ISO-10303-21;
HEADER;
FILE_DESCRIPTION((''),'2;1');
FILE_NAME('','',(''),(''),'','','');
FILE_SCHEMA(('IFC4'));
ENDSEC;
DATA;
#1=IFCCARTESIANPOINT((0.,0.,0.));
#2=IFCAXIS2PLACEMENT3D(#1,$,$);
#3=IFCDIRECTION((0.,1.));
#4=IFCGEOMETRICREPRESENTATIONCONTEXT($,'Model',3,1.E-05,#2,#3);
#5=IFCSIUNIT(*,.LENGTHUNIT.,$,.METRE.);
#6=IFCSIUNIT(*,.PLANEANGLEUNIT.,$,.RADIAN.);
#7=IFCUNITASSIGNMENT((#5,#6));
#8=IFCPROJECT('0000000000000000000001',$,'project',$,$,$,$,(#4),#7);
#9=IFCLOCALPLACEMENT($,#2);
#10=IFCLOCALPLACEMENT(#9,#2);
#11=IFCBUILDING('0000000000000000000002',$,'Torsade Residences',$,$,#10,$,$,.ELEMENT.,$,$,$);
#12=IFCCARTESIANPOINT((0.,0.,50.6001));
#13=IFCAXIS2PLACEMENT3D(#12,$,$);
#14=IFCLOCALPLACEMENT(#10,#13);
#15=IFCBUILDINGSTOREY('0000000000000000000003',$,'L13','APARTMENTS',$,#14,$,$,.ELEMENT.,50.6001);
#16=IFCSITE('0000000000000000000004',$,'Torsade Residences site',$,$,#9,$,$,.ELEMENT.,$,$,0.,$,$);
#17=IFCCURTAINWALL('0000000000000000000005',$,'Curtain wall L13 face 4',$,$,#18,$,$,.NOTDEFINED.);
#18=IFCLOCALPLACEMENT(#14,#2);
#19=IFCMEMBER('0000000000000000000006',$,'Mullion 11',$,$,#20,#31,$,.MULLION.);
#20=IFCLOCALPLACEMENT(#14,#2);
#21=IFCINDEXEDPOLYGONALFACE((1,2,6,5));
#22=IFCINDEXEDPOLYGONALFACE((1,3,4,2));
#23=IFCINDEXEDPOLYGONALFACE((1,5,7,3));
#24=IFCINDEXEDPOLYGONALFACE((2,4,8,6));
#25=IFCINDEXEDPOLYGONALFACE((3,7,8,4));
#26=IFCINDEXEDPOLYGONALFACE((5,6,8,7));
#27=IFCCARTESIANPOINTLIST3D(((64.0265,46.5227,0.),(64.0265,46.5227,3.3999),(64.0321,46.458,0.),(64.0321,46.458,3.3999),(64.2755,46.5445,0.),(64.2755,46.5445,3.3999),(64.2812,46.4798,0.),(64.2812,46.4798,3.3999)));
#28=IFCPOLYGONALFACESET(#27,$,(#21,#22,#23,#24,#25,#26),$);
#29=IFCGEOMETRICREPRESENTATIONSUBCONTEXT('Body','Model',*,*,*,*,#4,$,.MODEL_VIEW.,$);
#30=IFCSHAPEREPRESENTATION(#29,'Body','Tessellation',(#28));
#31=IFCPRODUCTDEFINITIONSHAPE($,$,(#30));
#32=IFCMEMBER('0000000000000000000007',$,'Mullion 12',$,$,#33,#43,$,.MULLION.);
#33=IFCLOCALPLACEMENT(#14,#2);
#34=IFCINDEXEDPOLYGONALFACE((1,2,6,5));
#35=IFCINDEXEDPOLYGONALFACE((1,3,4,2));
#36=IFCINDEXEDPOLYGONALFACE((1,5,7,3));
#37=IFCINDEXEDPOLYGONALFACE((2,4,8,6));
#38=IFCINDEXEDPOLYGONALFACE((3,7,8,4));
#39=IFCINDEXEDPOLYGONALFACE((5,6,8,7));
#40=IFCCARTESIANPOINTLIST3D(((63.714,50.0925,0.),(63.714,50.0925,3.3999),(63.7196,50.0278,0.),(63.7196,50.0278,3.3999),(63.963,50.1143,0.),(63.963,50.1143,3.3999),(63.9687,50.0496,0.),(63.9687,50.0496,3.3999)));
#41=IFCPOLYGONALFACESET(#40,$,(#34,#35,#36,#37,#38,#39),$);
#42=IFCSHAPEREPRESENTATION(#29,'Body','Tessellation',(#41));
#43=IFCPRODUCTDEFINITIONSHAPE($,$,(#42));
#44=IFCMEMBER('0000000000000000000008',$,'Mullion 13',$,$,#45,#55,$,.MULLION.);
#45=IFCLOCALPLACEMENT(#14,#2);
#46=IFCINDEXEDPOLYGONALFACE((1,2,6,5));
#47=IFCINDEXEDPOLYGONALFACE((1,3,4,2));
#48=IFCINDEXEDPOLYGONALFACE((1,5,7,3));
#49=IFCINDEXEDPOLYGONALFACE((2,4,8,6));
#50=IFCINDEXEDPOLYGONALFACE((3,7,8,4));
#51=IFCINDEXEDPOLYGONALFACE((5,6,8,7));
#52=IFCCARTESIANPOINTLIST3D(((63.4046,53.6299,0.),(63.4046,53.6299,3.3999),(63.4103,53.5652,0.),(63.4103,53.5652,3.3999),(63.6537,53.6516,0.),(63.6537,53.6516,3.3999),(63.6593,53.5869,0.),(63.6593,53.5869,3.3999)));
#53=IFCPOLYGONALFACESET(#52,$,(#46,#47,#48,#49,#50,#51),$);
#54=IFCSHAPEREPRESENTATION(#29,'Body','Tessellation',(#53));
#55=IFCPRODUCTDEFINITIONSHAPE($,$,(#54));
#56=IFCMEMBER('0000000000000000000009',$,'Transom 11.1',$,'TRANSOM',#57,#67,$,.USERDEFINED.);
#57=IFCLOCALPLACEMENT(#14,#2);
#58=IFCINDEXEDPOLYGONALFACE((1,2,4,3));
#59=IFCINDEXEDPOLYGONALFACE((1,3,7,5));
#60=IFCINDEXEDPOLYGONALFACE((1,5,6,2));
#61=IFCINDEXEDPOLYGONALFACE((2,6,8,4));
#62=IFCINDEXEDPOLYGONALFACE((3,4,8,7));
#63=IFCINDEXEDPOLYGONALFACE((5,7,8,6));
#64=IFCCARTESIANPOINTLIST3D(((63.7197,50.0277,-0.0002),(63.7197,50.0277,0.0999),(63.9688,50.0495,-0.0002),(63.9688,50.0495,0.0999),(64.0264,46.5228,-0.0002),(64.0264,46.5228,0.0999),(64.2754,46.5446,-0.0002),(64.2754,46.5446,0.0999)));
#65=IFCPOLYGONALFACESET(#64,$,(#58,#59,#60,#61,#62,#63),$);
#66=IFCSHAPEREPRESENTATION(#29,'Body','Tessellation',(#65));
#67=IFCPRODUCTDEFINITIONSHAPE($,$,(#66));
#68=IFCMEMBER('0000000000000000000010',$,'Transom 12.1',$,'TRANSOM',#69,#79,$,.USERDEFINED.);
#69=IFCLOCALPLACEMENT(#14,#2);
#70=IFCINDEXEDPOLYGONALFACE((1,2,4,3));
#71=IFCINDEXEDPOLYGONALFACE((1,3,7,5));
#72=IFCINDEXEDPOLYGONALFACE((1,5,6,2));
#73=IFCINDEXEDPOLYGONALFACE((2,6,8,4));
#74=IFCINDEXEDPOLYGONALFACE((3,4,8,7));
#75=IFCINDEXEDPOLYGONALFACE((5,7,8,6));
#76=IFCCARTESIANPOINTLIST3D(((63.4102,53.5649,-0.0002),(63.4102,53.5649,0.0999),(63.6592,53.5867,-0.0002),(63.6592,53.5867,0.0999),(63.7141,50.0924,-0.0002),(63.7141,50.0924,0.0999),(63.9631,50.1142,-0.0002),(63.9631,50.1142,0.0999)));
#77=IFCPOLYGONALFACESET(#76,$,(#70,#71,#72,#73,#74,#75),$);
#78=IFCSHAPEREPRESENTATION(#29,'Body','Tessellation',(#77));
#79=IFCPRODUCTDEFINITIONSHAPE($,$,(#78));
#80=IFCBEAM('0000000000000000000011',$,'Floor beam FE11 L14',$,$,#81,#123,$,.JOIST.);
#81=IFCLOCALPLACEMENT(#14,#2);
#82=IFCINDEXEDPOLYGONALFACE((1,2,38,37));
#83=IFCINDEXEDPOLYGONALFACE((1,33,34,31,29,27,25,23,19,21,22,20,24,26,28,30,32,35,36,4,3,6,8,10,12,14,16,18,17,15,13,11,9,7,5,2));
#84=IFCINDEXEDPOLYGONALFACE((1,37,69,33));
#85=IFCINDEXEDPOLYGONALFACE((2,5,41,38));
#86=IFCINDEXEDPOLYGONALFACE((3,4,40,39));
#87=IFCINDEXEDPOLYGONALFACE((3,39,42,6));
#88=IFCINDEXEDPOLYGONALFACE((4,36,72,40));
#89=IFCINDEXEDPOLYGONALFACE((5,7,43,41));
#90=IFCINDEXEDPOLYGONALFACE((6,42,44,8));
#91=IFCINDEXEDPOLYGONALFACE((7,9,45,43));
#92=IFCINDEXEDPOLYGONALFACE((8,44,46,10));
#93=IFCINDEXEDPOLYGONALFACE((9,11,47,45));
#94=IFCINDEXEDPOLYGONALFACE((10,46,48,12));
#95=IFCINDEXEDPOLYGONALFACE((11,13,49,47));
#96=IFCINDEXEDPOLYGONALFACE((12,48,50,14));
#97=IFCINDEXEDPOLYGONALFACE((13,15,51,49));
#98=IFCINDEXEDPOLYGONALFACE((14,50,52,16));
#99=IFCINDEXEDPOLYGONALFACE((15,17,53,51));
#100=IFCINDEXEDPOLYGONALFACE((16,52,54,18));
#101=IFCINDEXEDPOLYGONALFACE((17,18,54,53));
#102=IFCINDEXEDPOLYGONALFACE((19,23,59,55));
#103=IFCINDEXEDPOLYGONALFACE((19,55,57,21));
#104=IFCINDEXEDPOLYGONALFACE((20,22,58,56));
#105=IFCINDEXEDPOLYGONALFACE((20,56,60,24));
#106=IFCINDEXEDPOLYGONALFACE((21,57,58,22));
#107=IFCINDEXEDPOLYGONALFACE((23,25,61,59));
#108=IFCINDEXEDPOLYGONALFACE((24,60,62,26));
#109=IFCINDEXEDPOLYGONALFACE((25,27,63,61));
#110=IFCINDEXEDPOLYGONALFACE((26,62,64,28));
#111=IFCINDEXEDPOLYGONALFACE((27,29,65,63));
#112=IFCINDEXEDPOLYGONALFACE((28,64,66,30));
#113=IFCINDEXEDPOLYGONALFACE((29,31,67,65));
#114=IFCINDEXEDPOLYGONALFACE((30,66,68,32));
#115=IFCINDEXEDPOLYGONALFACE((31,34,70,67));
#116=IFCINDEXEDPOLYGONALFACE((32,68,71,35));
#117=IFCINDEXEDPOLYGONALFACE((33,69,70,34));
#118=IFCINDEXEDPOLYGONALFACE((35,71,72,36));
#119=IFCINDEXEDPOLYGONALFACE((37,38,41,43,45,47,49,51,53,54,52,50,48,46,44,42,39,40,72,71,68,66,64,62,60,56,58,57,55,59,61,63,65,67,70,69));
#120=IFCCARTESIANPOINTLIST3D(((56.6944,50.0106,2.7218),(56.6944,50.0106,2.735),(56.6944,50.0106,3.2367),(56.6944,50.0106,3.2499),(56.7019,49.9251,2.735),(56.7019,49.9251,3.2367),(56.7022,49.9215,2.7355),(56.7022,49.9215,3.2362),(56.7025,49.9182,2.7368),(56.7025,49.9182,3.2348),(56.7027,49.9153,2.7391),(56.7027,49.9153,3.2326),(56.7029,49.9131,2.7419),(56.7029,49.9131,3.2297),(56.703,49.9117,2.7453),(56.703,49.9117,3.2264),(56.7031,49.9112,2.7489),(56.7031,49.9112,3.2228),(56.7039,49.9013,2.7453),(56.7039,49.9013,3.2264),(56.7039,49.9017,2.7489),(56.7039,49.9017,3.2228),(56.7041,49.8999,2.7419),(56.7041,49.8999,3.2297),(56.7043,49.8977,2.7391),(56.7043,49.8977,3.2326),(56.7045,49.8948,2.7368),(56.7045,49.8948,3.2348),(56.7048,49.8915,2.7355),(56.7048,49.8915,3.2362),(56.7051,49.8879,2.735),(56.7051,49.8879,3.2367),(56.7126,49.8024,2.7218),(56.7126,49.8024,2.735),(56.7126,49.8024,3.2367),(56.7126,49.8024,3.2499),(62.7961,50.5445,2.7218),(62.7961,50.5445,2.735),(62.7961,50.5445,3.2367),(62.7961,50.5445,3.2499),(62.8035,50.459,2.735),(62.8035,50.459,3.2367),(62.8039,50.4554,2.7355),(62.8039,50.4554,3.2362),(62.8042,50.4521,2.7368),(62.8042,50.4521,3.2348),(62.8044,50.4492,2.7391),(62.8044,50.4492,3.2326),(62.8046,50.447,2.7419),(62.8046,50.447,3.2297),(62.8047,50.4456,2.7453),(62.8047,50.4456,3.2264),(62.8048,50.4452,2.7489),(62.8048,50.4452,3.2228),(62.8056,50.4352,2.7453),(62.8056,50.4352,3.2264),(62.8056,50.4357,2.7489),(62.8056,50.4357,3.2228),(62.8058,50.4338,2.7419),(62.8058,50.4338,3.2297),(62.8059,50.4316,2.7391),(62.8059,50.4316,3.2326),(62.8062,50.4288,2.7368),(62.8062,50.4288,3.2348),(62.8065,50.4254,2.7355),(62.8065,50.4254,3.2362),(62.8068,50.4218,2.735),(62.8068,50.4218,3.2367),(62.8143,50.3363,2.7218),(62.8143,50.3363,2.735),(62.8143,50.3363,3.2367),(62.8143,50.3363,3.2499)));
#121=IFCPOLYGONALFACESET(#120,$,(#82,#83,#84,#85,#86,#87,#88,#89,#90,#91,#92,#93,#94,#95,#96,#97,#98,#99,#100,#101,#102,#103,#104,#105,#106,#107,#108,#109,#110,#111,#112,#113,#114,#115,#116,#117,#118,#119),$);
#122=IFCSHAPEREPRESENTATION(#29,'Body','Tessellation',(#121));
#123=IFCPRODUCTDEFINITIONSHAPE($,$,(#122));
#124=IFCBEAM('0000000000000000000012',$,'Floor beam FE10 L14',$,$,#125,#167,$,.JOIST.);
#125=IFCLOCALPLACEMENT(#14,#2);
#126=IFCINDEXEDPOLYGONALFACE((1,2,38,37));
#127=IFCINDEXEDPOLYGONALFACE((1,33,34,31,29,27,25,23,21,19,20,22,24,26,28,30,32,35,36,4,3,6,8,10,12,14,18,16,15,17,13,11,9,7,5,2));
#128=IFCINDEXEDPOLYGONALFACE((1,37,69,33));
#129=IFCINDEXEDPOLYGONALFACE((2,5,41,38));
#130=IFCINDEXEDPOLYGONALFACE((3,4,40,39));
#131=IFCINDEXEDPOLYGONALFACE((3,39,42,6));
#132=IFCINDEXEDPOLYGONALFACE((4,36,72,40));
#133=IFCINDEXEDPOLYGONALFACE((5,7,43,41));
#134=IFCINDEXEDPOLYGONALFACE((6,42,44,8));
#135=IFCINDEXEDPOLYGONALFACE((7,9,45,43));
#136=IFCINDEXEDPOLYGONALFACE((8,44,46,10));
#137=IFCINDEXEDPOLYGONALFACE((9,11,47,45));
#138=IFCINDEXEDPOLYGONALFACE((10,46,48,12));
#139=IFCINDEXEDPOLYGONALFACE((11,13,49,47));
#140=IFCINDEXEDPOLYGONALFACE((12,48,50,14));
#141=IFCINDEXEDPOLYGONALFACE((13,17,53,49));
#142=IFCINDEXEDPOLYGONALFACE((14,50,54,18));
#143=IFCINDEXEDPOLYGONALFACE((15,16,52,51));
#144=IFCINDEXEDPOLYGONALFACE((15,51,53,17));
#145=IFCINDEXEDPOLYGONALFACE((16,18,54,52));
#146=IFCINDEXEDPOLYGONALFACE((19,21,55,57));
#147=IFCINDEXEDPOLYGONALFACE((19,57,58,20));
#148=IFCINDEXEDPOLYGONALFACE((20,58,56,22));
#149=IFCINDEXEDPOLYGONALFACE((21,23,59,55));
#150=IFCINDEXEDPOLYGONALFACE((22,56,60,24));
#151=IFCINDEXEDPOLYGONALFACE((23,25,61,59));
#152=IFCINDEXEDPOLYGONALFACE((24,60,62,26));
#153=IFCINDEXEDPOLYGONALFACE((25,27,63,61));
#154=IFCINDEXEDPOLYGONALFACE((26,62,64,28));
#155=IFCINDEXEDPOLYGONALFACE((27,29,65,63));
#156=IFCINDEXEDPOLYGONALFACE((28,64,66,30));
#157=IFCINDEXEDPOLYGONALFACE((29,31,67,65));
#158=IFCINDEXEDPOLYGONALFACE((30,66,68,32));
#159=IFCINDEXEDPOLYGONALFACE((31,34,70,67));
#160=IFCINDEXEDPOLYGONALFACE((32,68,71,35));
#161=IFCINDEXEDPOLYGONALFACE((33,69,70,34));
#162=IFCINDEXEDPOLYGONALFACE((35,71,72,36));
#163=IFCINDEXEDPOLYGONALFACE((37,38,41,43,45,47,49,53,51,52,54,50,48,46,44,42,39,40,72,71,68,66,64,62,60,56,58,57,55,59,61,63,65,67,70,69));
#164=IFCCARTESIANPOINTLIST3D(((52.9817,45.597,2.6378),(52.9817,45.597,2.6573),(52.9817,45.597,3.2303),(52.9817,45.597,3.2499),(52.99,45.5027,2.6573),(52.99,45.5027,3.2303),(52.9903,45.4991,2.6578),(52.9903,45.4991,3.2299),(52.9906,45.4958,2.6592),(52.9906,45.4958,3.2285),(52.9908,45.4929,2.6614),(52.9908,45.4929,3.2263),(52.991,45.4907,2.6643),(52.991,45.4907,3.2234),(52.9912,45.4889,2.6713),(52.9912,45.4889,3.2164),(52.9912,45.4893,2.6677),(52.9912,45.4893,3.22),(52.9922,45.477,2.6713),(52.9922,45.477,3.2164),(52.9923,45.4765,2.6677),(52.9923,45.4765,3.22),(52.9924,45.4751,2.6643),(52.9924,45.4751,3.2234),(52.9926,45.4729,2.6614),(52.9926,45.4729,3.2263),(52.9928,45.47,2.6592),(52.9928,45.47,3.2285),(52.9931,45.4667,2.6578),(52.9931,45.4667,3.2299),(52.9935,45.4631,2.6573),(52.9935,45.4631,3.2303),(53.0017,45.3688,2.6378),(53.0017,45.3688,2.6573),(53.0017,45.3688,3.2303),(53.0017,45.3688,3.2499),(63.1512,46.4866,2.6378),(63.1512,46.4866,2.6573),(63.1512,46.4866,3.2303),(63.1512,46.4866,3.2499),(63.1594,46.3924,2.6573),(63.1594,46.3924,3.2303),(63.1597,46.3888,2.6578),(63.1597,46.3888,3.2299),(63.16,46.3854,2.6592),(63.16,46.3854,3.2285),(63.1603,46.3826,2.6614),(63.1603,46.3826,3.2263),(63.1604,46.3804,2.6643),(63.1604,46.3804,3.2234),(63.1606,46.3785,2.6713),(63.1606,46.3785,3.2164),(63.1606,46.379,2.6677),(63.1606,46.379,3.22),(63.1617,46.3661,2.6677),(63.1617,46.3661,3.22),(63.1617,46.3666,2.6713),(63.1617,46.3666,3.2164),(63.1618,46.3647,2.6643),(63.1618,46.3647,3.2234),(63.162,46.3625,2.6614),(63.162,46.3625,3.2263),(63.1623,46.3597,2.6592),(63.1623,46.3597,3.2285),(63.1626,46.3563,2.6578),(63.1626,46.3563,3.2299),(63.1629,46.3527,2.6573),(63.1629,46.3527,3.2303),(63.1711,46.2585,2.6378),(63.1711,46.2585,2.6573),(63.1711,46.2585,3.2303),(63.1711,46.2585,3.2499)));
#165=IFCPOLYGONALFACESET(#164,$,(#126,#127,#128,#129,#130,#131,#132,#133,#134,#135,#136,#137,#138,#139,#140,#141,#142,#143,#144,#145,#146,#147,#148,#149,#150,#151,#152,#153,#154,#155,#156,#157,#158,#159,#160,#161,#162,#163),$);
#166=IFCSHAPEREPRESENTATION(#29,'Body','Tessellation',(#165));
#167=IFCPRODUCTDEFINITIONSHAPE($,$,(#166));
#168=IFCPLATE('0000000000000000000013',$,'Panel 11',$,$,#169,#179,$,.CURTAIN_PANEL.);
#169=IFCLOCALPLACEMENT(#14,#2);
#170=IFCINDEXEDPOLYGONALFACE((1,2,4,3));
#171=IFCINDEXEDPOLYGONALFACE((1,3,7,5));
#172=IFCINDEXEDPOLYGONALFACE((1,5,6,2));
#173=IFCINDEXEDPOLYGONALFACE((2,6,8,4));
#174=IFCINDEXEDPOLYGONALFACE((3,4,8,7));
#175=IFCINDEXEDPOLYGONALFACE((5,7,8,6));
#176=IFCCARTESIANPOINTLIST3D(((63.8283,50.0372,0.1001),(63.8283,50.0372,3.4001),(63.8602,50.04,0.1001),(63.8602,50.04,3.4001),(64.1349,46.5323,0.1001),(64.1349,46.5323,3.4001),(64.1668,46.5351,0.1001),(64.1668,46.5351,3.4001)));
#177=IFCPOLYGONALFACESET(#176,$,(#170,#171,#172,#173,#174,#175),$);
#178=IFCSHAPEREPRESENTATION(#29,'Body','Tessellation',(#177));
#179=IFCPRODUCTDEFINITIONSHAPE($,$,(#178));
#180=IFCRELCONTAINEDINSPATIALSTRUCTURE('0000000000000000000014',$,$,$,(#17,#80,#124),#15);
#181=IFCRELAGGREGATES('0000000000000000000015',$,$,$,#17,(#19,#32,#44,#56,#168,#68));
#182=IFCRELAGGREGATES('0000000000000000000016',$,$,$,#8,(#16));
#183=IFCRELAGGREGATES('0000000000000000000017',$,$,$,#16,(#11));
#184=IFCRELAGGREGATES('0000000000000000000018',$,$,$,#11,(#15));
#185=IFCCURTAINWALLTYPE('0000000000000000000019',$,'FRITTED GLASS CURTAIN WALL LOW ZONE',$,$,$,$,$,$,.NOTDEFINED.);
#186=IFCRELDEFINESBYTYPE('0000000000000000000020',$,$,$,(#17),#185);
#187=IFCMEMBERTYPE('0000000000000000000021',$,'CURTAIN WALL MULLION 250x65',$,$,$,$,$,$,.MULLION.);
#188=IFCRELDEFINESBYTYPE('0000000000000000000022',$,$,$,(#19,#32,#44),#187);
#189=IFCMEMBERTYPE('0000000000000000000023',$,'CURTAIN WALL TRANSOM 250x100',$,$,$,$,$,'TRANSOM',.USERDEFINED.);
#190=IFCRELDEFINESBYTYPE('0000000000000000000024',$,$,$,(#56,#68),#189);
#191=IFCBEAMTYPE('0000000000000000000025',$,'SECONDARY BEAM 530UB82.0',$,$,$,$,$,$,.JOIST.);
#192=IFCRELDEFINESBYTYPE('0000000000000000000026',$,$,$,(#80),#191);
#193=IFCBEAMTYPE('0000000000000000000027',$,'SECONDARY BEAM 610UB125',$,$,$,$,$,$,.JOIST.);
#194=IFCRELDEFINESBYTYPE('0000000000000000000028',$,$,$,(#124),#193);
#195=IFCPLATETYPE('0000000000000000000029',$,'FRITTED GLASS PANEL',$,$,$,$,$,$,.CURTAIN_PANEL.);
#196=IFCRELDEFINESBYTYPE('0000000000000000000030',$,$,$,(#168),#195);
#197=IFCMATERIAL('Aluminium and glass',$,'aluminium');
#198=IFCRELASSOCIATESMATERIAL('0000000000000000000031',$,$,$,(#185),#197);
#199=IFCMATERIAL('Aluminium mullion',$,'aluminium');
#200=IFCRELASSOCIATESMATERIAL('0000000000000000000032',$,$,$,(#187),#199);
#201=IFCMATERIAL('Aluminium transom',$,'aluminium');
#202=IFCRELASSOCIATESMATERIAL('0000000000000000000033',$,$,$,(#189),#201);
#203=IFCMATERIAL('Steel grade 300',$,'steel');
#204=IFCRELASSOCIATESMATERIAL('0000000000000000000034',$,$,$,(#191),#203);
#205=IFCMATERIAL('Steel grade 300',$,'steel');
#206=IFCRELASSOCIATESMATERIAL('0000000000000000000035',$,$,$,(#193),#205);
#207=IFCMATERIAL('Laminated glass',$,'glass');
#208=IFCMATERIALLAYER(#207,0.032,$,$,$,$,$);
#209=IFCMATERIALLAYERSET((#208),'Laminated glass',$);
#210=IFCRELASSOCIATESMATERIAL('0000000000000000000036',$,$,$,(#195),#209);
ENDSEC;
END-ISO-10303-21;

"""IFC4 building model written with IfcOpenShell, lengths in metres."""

from ifc_helpers import new_model, si_unit, direction, frame, origin, origin_2d, place, context, subcontext, project, spatial, rectangle, i_section, extrude, material, layer, layer_set, material_profile, profile_set, type_object, element, aggregate, save


model = new_model("IFC4")

# Units and contexts
model_context = context("Model", 3, precision=1e-05, world=origin(), true_north=direction((0.0, 1.0)))
body_context = subcontext(model_context, "Body", "Model", "MODEL_VIEW")
ifc_project = project(units=[si_unit("LENGTHUNIT", "METRE"), si_unit("PLANEANGLEUNIT", "RADIAN")], contexts=[model_context])

# Site, building, storey
site_placement = place(None, origin())
site = spatial("IfcSite", under=ifc_project, at=site_placement, Name="Torsade Residences site", CompositionType="ELEMENT", RefElevation=0.0)
building_placement = place(site_placement, origin())
building = spatial("IfcBuilding", under=site, at=building_placement, Name="Torsade Residences", CompositionType="ELEMENT")
storey_placement = place(building_placement, frame((0.0, 0.0, 50.6001)))
storey = spatial("IfcBuildingStorey", under=building, at=storey_placement, Name="L13", Description="APARTMENTS", CompositionType="ELEMENT", Elevation=50.6001)

# Curtain wall, members
ifc_material_1 = material(Name="Aluminium and glass", Category="aluminium")
curtain_wall_type = type_object("IfcCurtainWallType", Name="FRITTED GLASS CURTAIN WALL LOW ZONE", PredefinedType="NOTDEFINED", material=ifc_material_1)
curtain_wall_placement = place(storey_placement, origin())
curtain_wall = element("IfcCurtainWall", 1, at=curtain_wall_placement, inside=storey, type_object=curtain_wall_type, Name="Curtain wall L13 face 4", PredefinedType="NOTDEFINED")
ifc_material_2 = material(Name="Aluminium mullion", Category="aluminium")
ifc_material_profile_1 = material_profile(ifc_material_2, rectangle(XDim=0.25, YDim=0.0649, at=origin_2d()), Name="CURTAIN WALL MULLION 250x65")
ifc_profile_set_1 = profile_set([ifc_material_profile_1], Name="Aluminium mullion")
member_type_1 = type_object("IfcMemberType", Name="CURTAIN WALL MULLION 250x65", PredefinedType="MULLION", material=ifc_profile_set_1)
member_1_placement = place(storey_placement, frame((64.1538, 46.5012, 0.0), z_axis=(0.0, 0.0, 1.0), x_axis=(-0.996195, -0.087156, 0.0)))
member_1 = element("IfcMember", 2, at=member_1_placement, type_object=member_type_1, Name="Mullion 11", PredefinedType="MULLION", context=body_context, shape_type="SweptSolid", body=[
    extrude(rectangle(XDim=0.25, YDim=0.0649, at=origin_2d()), origin(), (0.0, 0.0, 1.0), 3.3999),
])
member_2_placement = place(storey_placement, frame((63.8413, 50.071, 0.0), z_axis=(0.0, 0.0, 1.0), x_axis=(-0.996195, -0.087156, 0.0)))
member_2 = element("IfcMember", 3, at=member_2_placement, type_object=member_type_1, Name="Mullion 12", PredefinedType="MULLION", context=body_context, shape_type="SweptSolid", body=[
    extrude(rectangle(XDim=0.25, YDim=0.0649, at=origin_2d()), origin(), (0.0, 0.0, 1.0), 3.3999),
])
member_3_placement = place(storey_placement, frame((63.532, 53.6084, 0.0), z_axis=(0.0, 0.0, 1.0), x_axis=(-0.996195, -0.087156, 0.0)))
member_3 = element("IfcMember", 4, at=member_3_placement, type_object=member_type_1, Name="Mullion 13", PredefinedType="MULLION", context=body_context, shape_type="SweptSolid", body=[
    extrude(rectangle(XDim=0.25, YDim=0.0649, at=origin_2d()), origin(), (0.0, 0.0, 1.0), 3.3999),
])
ifc_material_3 = material(Name="Aluminium transom", Category="aluminium")
ifc_material_profile_2 = material_profile(ifc_material_3, rectangle(XDim=0.25, YDim=0.1001, at=origin_2d()), Name="CURTAIN WALL TRANSOM 250x100")
ifc_profile_set_2 = profile_set([ifc_material_profile_2], Name="Aluminium transom")
member_type_2 = type_object("IfcMemberType", Name="CURTAIN WALL TRANSOM 250x100", ElementType="TRANSOM", PredefinedType="USERDEFINED", material=ifc_profile_set_2)
member_4_placement = place(storey_placement, frame((64.1509, 46.5337, 0.0498), z_axis=(-0.087157, 0.996195, 0.0), x_axis=(-0.996195, -0.087157, 0.0)))
member_4 = element("IfcMember", 5, at=member_4_placement, type_object=member_type_2, Name="Transom 11.1", ObjectType="TRANSOM", PredefinedType="USERDEFINED", context=body_context, shape_type="SweptSolid", body=[
    extrude(rectangle(XDim=0.25, YDim=0.1001, at=origin_2d()), origin(), (0.0, 0.0, 1.0), 3.5183),
])
member_5_placement = place(storey_placement, frame((63.8386, 50.1033, 0.0498), z_axis=(-0.087195, 0.996191, 0.0), x_axis=(-0.996191, -0.087195, 0.0)))
member_5 = element("IfcMember", 6, at=member_5_placement, type_object=member_type_2, Name="Transom 12.1", ObjectType="TRANSOM", PredefinedType="USERDEFINED", context=body_context, shape_type="SweptSolid", body=[
    extrude(rectangle(XDim=0.25, YDim=0.1001, at=origin_2d()), origin(), (0.0, 0.0, 1.0), 3.4858),
])

# Beams
ifc_material_4 = material(Name="Steel grade 300", Category="steel")
ifc_material_profile_3 = material_profile(ifc_material_4, i_section(OverallWidth=0.209, OverallDepth=0.5281, WebThickness=0.0095, FlangeThickness=0.0132, FilletRadius=0.0139, at=origin_2d()), Name="530UB82.0")
ifc_profile_set_3 = profile_set([ifc_material_profile_3], Name="Steel grade 300")
beam_type_1 = type_object("IfcBeamType", Name="SECONDARY BEAM 530UB82.0", PredefinedType="JOIST", material=ifc_profile_set_3)
beam_1_placement = place(storey_placement, frame((62.8052, 50.4404, 2.9858), z_axis=(-0.996193, -0.087175, 0.0), x_axis=(0.087175, -0.996193, 0.0)))
element("IfcBeam", 7, at=beam_1_placement, inside=storey, type_object=beam_type_1, Name="Floor beam FE11 L14", PredefinedType="JOIST", context=body_context, shape_type="SweptSolid", body=[
    extrude(i_section(OverallWidth=0.209, OverallDepth=0.5281, WebThickness=0.0095, FlangeThickness=0.0132, FilletRadius=0.0139, at=origin_2d()), origin(), (0.0, 0.0, 1.0), 6.125),
])
ifc_material_5 = material(Name="Steel grade 300", Category="steel")
ifc_material_profile_4 = material_profile(ifc_material_5, i_section(OverallWidth=0.229, OverallDepth=0.6121, WebThickness=0.012, FlangeThickness=0.0195, FilletRadius=0.0139, at=origin_2d()), Name="610UB125")
ifc_profile_set_4 = profile_set([ifc_material_profile_4], Name="Steel grade 300")
beam_type_2 = type_object("IfcBeamType", Name="SECONDARY BEAM 610UB125", PredefinedType="JOIST", material=ifc_profile_set_4)
beam_2_placement = place(storey_placement, frame((63.1611, 46.3726, 2.9438), z_axis=(-0.996195, -0.08715, 0.0), x_axis=(0.08715, -0.996195, 0.0)))
element("IfcBeam", 8, at=beam_2_placement, inside=storey, type_object=beam_type_2, Name="Floor beam FE10 L14", PredefinedType="JOIST", context=body_context, shape_type="SweptSolid", body=[
    extrude(i_section(OverallWidth=0.229, OverallDepth=0.6121, WebThickness=0.012, FlangeThickness=0.0195, FilletRadius=0.0139, at=origin_2d()), origin(), (0.0, 0.0, 1.0), 10.2083),
])

# Plate
ifc_material_6 = material(Name="Laminated glass", Category="glass")
ifc_layer_1 = layer(ifc_material_6, 0.032)
ifc_layer_set_1 = layer_set([ifc_layer_1], Name="Laminated glass")
plate_type = type_object("IfcPlateType", Name="FRITTED GLASS PANEL", PredefinedType="CURTAIN_PANEL", material=ifc_layer_set_1)
plate_1_placement = place(storey_placement, frame((63.9976, 48.2861, 0.1001), z_axis=(0.0, 0.0, 1.0), x_axis=(-0.087156, 0.996195, 0.0)))
plate_1 = element("IfcPlate", 9, at=plate_1_placement, type_object=plate_type, Name="Panel 11", PredefinedType="CURTAIN_PANEL", context=body_context, shape_type="SweptSolid", body=[
    extrude(rectangle(XDim=3.5183, YDim=0.032, at=origin_2d()), origin(), (0.0, 0.0, 1.0), 3.3),
])
aggregate(curtain_wall, [member_1, member_2, member_3, member_4, plate_1, member_5])

save(model, "model.ifc")
